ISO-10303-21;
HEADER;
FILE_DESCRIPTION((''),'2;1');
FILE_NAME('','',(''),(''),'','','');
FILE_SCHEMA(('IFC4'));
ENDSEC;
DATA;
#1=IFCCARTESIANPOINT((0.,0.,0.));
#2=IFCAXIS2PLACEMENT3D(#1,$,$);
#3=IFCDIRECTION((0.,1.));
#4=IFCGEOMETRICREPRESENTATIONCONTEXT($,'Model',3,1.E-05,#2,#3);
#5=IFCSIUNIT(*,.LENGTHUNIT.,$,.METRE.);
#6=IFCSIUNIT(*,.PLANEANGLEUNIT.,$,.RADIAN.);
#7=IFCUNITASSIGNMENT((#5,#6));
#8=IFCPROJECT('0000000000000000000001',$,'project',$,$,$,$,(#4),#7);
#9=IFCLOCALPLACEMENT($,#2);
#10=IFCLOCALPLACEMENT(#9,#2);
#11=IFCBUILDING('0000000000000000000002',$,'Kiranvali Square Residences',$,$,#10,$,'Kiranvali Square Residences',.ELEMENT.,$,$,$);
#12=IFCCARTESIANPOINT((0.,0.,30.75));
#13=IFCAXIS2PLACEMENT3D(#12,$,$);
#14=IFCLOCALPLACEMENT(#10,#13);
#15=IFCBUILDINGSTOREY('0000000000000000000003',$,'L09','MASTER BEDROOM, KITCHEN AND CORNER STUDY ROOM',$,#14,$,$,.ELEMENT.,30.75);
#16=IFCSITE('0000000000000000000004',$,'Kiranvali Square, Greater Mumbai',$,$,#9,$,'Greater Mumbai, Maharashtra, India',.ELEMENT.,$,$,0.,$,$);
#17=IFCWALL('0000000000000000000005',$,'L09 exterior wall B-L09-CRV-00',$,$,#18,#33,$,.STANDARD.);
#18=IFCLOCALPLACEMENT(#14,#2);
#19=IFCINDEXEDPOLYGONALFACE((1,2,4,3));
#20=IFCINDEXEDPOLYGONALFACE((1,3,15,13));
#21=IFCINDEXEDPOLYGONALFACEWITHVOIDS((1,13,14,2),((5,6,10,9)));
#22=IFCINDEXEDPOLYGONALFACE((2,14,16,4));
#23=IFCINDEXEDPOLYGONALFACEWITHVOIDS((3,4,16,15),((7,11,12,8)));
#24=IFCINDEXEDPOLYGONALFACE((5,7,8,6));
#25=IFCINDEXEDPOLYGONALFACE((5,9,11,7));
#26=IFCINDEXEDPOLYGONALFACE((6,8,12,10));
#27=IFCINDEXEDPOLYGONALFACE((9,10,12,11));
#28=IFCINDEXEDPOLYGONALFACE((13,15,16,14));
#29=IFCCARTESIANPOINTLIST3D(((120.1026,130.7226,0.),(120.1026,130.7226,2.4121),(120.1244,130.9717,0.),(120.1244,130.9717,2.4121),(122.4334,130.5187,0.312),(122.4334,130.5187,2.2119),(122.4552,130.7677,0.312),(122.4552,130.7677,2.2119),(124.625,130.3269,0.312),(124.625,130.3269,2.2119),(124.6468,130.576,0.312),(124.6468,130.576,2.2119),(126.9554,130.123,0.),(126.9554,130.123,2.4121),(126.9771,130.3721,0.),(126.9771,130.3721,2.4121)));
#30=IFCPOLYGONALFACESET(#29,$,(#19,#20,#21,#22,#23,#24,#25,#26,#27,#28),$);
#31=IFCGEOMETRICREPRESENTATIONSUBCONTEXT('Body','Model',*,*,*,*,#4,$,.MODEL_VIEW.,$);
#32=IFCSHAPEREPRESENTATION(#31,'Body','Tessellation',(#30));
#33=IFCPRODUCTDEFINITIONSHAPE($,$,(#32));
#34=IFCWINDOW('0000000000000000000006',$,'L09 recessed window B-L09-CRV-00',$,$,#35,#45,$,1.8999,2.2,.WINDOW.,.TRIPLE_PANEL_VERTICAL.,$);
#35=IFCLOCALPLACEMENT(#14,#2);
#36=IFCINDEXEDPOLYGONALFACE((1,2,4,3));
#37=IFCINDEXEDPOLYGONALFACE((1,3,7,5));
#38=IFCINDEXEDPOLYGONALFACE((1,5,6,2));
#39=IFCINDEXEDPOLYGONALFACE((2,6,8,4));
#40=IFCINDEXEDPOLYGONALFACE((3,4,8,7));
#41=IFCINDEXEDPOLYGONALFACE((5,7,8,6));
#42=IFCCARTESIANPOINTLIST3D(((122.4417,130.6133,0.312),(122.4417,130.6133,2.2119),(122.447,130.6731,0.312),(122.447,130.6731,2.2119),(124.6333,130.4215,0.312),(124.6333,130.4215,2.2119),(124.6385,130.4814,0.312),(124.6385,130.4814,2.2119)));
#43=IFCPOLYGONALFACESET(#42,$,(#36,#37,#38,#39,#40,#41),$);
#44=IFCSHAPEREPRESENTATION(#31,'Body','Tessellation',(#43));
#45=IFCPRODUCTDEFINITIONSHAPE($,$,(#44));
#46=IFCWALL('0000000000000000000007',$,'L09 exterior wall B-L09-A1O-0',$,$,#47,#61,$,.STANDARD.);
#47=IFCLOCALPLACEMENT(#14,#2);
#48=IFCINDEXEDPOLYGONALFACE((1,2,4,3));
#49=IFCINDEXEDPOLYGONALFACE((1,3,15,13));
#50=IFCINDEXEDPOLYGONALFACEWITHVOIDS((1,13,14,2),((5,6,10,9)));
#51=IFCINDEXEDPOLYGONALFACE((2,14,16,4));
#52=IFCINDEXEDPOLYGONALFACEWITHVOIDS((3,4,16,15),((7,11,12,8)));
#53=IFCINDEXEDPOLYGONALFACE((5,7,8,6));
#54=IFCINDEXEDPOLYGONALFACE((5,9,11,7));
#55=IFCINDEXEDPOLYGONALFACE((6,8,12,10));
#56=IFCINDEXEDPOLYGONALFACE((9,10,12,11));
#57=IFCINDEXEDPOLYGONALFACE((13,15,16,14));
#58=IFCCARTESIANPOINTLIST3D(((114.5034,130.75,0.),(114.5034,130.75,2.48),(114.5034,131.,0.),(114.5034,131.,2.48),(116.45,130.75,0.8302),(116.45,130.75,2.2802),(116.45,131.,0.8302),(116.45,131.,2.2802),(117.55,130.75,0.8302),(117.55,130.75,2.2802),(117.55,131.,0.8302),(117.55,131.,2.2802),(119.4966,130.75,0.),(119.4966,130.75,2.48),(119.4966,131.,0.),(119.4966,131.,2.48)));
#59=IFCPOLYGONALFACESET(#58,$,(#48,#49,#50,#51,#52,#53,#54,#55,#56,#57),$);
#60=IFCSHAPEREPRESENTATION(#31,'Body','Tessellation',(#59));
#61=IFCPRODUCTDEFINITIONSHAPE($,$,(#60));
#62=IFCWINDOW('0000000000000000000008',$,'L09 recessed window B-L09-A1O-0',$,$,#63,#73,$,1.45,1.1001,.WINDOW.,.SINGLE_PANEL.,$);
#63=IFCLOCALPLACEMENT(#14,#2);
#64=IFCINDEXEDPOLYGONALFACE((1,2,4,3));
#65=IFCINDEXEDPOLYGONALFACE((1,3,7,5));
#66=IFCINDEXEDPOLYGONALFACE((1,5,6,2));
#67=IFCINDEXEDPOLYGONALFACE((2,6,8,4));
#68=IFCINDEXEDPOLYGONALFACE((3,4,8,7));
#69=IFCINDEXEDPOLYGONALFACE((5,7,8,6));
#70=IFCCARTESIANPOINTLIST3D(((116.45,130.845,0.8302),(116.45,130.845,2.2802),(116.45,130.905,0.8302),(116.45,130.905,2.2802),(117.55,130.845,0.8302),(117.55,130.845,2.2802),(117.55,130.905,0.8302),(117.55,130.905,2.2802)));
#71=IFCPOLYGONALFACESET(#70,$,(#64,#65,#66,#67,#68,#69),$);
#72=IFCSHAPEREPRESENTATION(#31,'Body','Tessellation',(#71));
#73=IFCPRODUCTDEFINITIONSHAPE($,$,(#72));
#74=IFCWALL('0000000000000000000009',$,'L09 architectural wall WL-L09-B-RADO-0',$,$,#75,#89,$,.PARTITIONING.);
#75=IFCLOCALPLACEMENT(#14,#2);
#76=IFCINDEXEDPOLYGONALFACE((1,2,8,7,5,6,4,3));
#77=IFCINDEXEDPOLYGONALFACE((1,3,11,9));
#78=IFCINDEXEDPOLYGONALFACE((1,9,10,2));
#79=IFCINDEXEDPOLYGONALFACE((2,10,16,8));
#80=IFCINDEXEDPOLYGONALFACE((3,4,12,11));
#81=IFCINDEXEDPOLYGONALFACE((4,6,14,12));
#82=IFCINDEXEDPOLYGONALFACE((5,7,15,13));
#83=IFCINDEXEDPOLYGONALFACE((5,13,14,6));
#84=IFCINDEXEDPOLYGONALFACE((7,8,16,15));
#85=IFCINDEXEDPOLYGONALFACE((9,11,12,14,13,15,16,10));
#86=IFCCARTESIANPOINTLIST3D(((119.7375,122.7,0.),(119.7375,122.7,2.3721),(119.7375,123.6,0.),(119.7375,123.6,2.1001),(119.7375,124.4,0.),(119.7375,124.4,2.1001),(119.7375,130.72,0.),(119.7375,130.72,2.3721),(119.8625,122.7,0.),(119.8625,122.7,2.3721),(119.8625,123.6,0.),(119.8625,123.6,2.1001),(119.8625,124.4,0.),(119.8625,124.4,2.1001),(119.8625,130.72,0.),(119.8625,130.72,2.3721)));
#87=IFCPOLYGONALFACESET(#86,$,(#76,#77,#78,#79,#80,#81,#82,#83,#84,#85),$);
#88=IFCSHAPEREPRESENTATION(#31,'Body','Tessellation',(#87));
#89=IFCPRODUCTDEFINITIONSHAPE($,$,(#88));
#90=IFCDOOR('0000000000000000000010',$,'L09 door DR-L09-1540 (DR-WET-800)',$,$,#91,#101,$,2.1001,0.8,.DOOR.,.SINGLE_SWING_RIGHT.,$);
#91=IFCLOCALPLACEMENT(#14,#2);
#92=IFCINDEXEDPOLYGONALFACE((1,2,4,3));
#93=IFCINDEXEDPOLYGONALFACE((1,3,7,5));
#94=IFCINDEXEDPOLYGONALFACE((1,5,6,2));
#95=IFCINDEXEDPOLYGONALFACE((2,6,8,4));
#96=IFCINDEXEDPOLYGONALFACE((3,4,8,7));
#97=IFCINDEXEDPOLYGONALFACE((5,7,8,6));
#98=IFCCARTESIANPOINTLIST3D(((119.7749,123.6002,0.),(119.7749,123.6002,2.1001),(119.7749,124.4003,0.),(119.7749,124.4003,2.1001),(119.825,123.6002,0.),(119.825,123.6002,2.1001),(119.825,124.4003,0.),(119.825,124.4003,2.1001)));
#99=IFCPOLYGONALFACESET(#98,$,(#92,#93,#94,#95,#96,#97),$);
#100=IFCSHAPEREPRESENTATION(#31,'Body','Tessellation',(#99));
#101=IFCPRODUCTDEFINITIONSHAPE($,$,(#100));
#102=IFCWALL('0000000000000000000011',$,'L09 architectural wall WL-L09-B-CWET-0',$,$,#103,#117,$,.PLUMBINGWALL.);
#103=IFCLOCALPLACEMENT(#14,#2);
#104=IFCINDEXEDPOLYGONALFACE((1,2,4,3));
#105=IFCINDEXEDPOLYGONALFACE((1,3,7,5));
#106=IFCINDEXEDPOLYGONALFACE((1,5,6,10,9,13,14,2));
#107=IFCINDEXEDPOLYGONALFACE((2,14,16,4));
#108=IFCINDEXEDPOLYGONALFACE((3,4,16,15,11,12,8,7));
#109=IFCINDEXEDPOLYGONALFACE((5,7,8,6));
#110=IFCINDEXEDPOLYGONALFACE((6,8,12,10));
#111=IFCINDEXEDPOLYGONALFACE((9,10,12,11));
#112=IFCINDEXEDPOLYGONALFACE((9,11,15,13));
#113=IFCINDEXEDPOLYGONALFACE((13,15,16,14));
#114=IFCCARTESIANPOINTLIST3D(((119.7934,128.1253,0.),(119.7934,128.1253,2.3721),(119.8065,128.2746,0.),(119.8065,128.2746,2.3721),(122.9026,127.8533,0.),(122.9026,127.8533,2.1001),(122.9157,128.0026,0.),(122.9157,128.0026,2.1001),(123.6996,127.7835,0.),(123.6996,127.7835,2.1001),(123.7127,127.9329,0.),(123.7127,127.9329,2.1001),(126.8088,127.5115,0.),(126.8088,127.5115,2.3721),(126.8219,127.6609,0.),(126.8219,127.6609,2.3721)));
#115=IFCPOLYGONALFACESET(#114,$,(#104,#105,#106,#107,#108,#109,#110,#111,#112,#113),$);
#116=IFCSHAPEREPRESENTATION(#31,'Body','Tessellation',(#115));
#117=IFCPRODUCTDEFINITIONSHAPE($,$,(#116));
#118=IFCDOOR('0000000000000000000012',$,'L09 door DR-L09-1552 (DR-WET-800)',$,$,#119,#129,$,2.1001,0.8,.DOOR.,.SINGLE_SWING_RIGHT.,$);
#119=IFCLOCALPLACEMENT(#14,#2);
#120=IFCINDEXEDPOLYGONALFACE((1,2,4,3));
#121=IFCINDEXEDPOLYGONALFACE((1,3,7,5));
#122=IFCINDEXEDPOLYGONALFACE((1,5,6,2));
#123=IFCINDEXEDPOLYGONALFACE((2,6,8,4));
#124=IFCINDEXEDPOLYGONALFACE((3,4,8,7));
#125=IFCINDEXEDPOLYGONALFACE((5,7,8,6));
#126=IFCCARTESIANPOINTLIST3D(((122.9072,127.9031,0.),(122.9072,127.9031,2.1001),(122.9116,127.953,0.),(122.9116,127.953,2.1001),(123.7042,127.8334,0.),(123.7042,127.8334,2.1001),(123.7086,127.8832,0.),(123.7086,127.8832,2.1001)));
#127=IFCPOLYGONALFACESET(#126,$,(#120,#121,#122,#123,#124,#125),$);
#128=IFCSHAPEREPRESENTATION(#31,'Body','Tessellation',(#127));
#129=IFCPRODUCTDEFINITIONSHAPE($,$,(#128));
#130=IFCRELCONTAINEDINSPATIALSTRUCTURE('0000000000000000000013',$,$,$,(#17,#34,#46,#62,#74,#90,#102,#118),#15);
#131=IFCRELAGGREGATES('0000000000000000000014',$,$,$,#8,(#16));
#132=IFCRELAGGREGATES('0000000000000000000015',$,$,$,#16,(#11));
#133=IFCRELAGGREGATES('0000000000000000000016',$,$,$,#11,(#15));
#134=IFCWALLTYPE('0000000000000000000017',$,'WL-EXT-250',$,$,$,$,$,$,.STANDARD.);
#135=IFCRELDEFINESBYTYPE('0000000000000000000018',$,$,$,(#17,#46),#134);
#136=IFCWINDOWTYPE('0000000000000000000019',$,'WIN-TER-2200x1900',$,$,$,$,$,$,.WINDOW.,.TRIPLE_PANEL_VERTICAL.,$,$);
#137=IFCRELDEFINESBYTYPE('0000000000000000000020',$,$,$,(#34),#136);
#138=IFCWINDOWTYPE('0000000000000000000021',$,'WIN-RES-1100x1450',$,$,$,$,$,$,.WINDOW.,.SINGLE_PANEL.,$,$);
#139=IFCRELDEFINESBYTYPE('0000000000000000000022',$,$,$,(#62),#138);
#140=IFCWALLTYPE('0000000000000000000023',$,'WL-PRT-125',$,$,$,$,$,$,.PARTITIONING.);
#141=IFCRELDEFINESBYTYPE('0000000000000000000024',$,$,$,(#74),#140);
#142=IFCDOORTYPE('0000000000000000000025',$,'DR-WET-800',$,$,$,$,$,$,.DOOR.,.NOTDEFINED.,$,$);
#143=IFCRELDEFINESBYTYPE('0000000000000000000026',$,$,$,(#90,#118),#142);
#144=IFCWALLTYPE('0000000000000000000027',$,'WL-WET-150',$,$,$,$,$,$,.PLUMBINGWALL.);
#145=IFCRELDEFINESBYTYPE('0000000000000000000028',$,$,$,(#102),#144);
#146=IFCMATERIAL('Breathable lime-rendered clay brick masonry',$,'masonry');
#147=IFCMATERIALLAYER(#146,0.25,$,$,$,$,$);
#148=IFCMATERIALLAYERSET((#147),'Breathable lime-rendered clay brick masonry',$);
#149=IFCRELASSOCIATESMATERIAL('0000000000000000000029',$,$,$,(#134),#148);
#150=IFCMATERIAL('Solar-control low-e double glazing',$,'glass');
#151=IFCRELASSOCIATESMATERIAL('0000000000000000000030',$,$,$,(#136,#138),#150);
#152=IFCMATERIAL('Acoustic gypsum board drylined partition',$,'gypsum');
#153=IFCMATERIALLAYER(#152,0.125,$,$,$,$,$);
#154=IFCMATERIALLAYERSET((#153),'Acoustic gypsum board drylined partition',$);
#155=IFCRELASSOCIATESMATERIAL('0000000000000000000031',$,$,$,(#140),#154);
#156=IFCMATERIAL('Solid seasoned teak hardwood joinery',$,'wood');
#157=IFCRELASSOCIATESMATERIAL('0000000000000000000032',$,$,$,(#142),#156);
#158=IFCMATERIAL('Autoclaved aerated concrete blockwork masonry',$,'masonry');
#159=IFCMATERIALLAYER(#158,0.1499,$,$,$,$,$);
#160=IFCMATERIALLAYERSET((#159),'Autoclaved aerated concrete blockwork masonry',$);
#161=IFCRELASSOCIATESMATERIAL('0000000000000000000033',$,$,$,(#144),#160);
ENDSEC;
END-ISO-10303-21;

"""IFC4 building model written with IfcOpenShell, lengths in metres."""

from ifc_helpers import new_model, si_unit, direction, frame, frame_2d, origin, place, context, subcontext, project, spatial, rectangle, extrude, material, layer, layer_set, type_object, element, fill, save


model = new_model("IFC4")

# Units and contexts
model_context = context("Model", 3, precision=1e-05, world=origin(), true_north=direction((0.0, 1.0)))
body_context = subcontext(model_context, "Body", "Model", "MODEL_VIEW")
ifc_project = project(units=[si_unit("LENGTHUNIT", "METRE"), si_unit("PLANEANGLEUNIT", "RADIAN")], contexts=[model_context])

# Site, building, storey
site_placement = place(None, origin())
site = spatial("IfcSite", under=ifc_project, at=site_placement, Name="Kiranvali Square, Greater Mumbai", LongName="Greater Mumbai, Maharashtra, India", CompositionType="ELEMENT", RefElevation=0.0)
building_placement = place(site_placement, origin())
building = spatial("IfcBuilding", under=site, at=building_placement, Name="Kiranvali Square Residences", LongName="Kiranvali Square Residences", CompositionType="ELEMENT")
storey_placement = place(building_placement, frame((0.0, 0.0, 30.75)))
storey = spatial("IfcBuildingStorey", under=building, at=storey_placement, Name="L09", Description="MASTER BEDROOM, KITCHEN AND CORNER STUDY ROOM", CompositionType="ELEMENT", Elevation=30.75)

# Walls, openings, windows
ifc_material_1 = material(Name="Breathable lime-rendered clay brick masonry", Category="masonry")
ifc_layer_1 = layer(ifc_material_1, 0.25)
ifc_layer_set_1 = layer_set([ifc_layer_1], Name="Breathable lime-rendered clay brick masonry")
wall_type_1 = type_object("IfcWallType", Name="WL-EXT-250", PredefinedType="STANDARD", material=ifc_layer_set_1)
wall_1_placement = place(storey_placement, frame((120.1135, 130.8472, 0.0), z_axis=(0.0, 0.0, 1.0), x_axis=(0.996194, -0.087166, 0.0)))
wall_1 = element("IfcWall", 1, at=wall_1_placement, inside=storey, type_object=wall_type_1, Name="L09 exterior wall B-L09-CRV-00", PredefinedType="STANDARD", context=body_context, shape_type="SweptSolid", body=[
    extrude(rectangle(XDim=6.8789, YDim=0.25, at=frame_2d((3.4395, 0.0))), origin(), (0.0, 0.0, 1.0), 2.4121),
])
opening_1_placement = place(wall_1_placement, frame((2.3396, 0.0, 0.312)))
opening_1 = element("IfcOpeningElement", 2, at=opening_1_placement, cuts=wall_1, PredefinedType="OPENING", context=body_context, shape_type="SweptSolid", body=[
    extrude(rectangle(XDim=2.2, YDim=1.8999, at=frame_2d((1.1001, 0.95))), frame((0.0, 0.135, 0.0), z_axis=(0.0, -1.0, 0.0), x_axis=(1.0, 0.0, 0.0)), (0.0, 0.0, 1.0), 0.27),
])
ifc_material_2 = material(Name="Solar-control low-e double glazing", Category="glass")
window_type_1 = type_object("IfcWindowType", Name="WIN-TER-2200x1900", PartitioningType="TRIPLE_PANEL_VERTICAL", PredefinedType="WINDOW", material=ifc_material_2)
window_1_placement = place(opening_1_placement, origin())
window_1 = element("IfcWindow", 3, at=window_1_placement, inside=storey, type_object=window_type_1, Name="L09 recessed window B-L09-CRV-00", OverallHeight=1.8999, OverallWidth=2.2, PartitioningType="TRIPLE_PANEL_VERTICAL", PredefinedType="WINDOW", context=body_context, shape_type="SweptSolid", body=[
    extrude(rectangle(XDim=2.2, YDim=1.8999, at=frame_2d((1.1001, 0.95))), frame((0.0, 0.03, 0.0), z_axis=(0.0, -1.0, 0.0), x_axis=(1.0, 0.0, 0.0)), (0.0, 0.0, 1.0), 0.0601),
])
fill(opening_1, window_1)
wall_2_placement = place(storey_placement, frame((119.4966, 130.875, 0.0), z_axis=(0.0, 0.0, 1.0), x_axis=(-1.0, 0.0, 0.0)))
wall_2 = element("IfcWall", 4, at=wall_2_placement, inside=storey, type_object=wall_type_1, Name="L09 exterior wall B-L09-A1O-0", PredefinedType="STANDARD", context=body_context, shape_type="SweptSolid", body=[
    extrude(rectangle(XDim=4.9932, YDim=0.25, at=frame_2d((2.4966, 0.0))), origin(), (0.0, 0.0, 1.0), 2.48),
])
opening_2_placement = place(wall_2_placement, frame((1.9465, 0.0, 0.8301)))
opening_2 = element("IfcOpeningElement", 5, at=opening_2_placement, cuts=wall_2, PredefinedType="OPENING", context=body_context, shape_type="SweptSolid", body=[
    extrude(rectangle(XDim=1.1001, YDim=1.45, at=frame_2d((0.55, 0.7251))), frame((0.0, 0.135, 0.0), z_axis=(0.0, -1.0, 0.0), x_axis=(1.0, 0.0, 0.0)), (0.0, 0.0, 1.0), 0.27),
])
window_type_2 = type_object("IfcWindowType", Name="WIN-RES-1100x1450", PartitioningType="SINGLE_PANEL", PredefinedType="WINDOW", material=ifc_material_2)
window_2_placement = place(opening_2_placement, origin())
window_2 = element("IfcWindow", 6, at=window_2_placement, inside=storey, type_object=window_type_2, Name="L09 recessed window B-L09-A1O-0", OverallHeight=1.45, OverallWidth=1.1001, PartitioningType="SINGLE_PANEL", PredefinedType="WINDOW", context=body_context, shape_type="SweptSolid", body=[
    extrude(rectangle(XDim=1.1001, YDim=1.45, at=frame_2d((0.55, 0.7251))), frame((0.0, 0.03, 0.0), z_axis=(0.0, -1.0, 0.0), x_axis=(1.0, 0.0, 0.0)), (0.0, 0.0, 1.0), 0.0601),
])
fill(opening_2, window_2)

# Walls, openings, doors
ifc_material_3 = material(Name="Acoustic gypsum board drylined partition", Category="gypsum")
ifc_layer_2 = layer(ifc_material_3, 0.125)
ifc_layer_set_2 = layer_set([ifc_layer_2], Name="Acoustic gypsum board drylined partition")
wall_type_2 = type_object("IfcWallType", Name="WL-PRT-125", PredefinedType="PARTITIONING", material=ifc_layer_set_2)
wall_3_placement = place(storey_placement, frame((119.8, 122.7, 0.0), z_axis=(0.0, 0.0, 1.0), x_axis=(0.0, 1.0, 0.0)))
wall_3 = element("IfcWall", 7, at=wall_3_placement, inside=storey, type_object=wall_type_2, Name="L09 architectural wall WL-L09-B-RADO-0", PredefinedType="PARTITIONING", context=body_context, shape_type="SweptSolid", body=[
    extrude(rectangle(XDim=8.02, YDim=0.125, at=frame_2d((4.01, 0.0))), origin(), (0.0, 0.0, 1.0), 2.3721),
])
opening_3_placement = place(wall_3_placement, frame((0.9001, 0.0, 0.0)))
opening_3 = element("IfcOpeningElement", 8, at=opening_3_placement, cuts=wall_3, PredefinedType="OPENING", context=body_context, shape_type="SweptSolid", body=[
    extrude(rectangle(XDim=0.8, YDim=2.1001, at=frame_2d((0.3999, 1.05))), frame((0.0, 0.0725, 0.0), z_axis=(0.0, -1.0, 0.0), x_axis=(1.0, 0.0, 0.0)), (0.0, 0.0, 1.0), 0.145),
])
ifc_material_4 = material(Name="Solid seasoned teak hardwood joinery", Category="wood")
door_type = type_object("IfcDoorType", Name="DR-WET-800", OperationType="NOTDEFINED", PredefinedType="DOOR", material=ifc_material_4)
door_1_placement = place(opening_3_placement, frame((0.8, 0.0, 0.0), z_axis=(0.0, 0.0, 1.0), x_axis=(-1.0, 0.0, 0.0)))
door_1 = element("IfcDoor", 9, at=door_1_placement, inside=storey, type_object=door_type, Name="L09 door DR-L09-1540 (DR-WET-800)", OperationType="SINGLE_SWING_RIGHT", OverallHeight=2.1001, OverallWidth=0.8, PredefinedType="DOOR", context=body_context, shape_type="SweptSolid", body=[
    extrude(rectangle(XDim=0.8, YDim=2.1001, at=frame_2d((0.3999, 1.05))), frame((0.0, 0.0249, 0.0), z_axis=(0.0, -1.0, 0.0), x_axis=(1.0, 0.0, 0.0)), (0.0, 0.0, 1.0), 0.05),
])
fill(opening_3, door_1)
ifc_material_5 = material(Name="Autoclaved aerated concrete blockwork masonry", Category="masonry")
ifc_layer_3 = layer(ifc_material_5, 0.1499)
ifc_layer_set_3 = layer_set([ifc_layer_3], Name="Autoclaved aerated concrete blockwork masonry")
wall_type_3 = type_object("IfcWallType", Name="WL-WET-150", PredefinedType="PLUMBINGWALL", material=ifc_layer_set_3)
wall_4_placement = place(storey_placement, frame((119.8, 128.2, 0.0), z_axis=(0.0, 0.0, 1.0), x_axis=(0.996195, -0.087156, 0.0)))
wall_4 = element("IfcWall", 10, at=wall_4_placement, inside=storey, type_object=wall_type_3, Name="L09 architectural wall WL-L09-B-CWET-0", PredefinedType="PLUMBINGWALL", context=body_context, shape_type="SweptSolid", body=[
    extrude(rectangle(XDim=7.0422, YDim=0.1499, at=frame_2d((3.521, 0.0))), origin(), (0.0, 0.0, 1.0), 2.3721),
])
opening_4_placement = place(wall_4_placement, frame((3.1211, 0.0, 0.0)))
opening_4 = element("IfcOpeningElement", 11, at=opening_4_placement, cuts=wall_4, PredefinedType="OPENING", context=body_context, shape_type="SweptSolid", body=[
    extrude(rectangle(XDim=0.8, YDim=2.1001, at=frame_2d((0.3999, 1.05))), frame((0.0, 0.085, 0.0), z_axis=(0.0, -1.0, 0.0), x_axis=(1.0, 0.0, 0.0)), (0.0, 0.0, 1.0), 0.1699),
])
door_2_placement = place(opening_4_placement, frame((0.8, 0.0, 0.0), z_axis=(0.0, 0.0, 1.0), x_axis=(-1.0, 0.0, 0.0)))
door_2 = element("IfcDoor", 12, at=door_2_placement, inside=storey, type_object=door_type, Name="L09 door DR-L09-1552 (DR-WET-800)", OperationType="SINGLE_SWING_RIGHT", OverallHeight=2.1001, OverallWidth=0.8, PredefinedType="DOOR", context=body_context, shape_type="SweptSolid", body=[
    extrude(rectangle(XDim=0.8, YDim=2.1001, at=frame_2d((0.3999, 1.05))), frame((0.0, 0.0249, 0.0), z_axis=(0.0, -1.0, 0.0), x_axis=(1.0, 0.0, 0.0)), (0.0, 0.0, 1.0), 0.05),
])
fill(opening_4, door_2)

save(model, "model.ifc")
